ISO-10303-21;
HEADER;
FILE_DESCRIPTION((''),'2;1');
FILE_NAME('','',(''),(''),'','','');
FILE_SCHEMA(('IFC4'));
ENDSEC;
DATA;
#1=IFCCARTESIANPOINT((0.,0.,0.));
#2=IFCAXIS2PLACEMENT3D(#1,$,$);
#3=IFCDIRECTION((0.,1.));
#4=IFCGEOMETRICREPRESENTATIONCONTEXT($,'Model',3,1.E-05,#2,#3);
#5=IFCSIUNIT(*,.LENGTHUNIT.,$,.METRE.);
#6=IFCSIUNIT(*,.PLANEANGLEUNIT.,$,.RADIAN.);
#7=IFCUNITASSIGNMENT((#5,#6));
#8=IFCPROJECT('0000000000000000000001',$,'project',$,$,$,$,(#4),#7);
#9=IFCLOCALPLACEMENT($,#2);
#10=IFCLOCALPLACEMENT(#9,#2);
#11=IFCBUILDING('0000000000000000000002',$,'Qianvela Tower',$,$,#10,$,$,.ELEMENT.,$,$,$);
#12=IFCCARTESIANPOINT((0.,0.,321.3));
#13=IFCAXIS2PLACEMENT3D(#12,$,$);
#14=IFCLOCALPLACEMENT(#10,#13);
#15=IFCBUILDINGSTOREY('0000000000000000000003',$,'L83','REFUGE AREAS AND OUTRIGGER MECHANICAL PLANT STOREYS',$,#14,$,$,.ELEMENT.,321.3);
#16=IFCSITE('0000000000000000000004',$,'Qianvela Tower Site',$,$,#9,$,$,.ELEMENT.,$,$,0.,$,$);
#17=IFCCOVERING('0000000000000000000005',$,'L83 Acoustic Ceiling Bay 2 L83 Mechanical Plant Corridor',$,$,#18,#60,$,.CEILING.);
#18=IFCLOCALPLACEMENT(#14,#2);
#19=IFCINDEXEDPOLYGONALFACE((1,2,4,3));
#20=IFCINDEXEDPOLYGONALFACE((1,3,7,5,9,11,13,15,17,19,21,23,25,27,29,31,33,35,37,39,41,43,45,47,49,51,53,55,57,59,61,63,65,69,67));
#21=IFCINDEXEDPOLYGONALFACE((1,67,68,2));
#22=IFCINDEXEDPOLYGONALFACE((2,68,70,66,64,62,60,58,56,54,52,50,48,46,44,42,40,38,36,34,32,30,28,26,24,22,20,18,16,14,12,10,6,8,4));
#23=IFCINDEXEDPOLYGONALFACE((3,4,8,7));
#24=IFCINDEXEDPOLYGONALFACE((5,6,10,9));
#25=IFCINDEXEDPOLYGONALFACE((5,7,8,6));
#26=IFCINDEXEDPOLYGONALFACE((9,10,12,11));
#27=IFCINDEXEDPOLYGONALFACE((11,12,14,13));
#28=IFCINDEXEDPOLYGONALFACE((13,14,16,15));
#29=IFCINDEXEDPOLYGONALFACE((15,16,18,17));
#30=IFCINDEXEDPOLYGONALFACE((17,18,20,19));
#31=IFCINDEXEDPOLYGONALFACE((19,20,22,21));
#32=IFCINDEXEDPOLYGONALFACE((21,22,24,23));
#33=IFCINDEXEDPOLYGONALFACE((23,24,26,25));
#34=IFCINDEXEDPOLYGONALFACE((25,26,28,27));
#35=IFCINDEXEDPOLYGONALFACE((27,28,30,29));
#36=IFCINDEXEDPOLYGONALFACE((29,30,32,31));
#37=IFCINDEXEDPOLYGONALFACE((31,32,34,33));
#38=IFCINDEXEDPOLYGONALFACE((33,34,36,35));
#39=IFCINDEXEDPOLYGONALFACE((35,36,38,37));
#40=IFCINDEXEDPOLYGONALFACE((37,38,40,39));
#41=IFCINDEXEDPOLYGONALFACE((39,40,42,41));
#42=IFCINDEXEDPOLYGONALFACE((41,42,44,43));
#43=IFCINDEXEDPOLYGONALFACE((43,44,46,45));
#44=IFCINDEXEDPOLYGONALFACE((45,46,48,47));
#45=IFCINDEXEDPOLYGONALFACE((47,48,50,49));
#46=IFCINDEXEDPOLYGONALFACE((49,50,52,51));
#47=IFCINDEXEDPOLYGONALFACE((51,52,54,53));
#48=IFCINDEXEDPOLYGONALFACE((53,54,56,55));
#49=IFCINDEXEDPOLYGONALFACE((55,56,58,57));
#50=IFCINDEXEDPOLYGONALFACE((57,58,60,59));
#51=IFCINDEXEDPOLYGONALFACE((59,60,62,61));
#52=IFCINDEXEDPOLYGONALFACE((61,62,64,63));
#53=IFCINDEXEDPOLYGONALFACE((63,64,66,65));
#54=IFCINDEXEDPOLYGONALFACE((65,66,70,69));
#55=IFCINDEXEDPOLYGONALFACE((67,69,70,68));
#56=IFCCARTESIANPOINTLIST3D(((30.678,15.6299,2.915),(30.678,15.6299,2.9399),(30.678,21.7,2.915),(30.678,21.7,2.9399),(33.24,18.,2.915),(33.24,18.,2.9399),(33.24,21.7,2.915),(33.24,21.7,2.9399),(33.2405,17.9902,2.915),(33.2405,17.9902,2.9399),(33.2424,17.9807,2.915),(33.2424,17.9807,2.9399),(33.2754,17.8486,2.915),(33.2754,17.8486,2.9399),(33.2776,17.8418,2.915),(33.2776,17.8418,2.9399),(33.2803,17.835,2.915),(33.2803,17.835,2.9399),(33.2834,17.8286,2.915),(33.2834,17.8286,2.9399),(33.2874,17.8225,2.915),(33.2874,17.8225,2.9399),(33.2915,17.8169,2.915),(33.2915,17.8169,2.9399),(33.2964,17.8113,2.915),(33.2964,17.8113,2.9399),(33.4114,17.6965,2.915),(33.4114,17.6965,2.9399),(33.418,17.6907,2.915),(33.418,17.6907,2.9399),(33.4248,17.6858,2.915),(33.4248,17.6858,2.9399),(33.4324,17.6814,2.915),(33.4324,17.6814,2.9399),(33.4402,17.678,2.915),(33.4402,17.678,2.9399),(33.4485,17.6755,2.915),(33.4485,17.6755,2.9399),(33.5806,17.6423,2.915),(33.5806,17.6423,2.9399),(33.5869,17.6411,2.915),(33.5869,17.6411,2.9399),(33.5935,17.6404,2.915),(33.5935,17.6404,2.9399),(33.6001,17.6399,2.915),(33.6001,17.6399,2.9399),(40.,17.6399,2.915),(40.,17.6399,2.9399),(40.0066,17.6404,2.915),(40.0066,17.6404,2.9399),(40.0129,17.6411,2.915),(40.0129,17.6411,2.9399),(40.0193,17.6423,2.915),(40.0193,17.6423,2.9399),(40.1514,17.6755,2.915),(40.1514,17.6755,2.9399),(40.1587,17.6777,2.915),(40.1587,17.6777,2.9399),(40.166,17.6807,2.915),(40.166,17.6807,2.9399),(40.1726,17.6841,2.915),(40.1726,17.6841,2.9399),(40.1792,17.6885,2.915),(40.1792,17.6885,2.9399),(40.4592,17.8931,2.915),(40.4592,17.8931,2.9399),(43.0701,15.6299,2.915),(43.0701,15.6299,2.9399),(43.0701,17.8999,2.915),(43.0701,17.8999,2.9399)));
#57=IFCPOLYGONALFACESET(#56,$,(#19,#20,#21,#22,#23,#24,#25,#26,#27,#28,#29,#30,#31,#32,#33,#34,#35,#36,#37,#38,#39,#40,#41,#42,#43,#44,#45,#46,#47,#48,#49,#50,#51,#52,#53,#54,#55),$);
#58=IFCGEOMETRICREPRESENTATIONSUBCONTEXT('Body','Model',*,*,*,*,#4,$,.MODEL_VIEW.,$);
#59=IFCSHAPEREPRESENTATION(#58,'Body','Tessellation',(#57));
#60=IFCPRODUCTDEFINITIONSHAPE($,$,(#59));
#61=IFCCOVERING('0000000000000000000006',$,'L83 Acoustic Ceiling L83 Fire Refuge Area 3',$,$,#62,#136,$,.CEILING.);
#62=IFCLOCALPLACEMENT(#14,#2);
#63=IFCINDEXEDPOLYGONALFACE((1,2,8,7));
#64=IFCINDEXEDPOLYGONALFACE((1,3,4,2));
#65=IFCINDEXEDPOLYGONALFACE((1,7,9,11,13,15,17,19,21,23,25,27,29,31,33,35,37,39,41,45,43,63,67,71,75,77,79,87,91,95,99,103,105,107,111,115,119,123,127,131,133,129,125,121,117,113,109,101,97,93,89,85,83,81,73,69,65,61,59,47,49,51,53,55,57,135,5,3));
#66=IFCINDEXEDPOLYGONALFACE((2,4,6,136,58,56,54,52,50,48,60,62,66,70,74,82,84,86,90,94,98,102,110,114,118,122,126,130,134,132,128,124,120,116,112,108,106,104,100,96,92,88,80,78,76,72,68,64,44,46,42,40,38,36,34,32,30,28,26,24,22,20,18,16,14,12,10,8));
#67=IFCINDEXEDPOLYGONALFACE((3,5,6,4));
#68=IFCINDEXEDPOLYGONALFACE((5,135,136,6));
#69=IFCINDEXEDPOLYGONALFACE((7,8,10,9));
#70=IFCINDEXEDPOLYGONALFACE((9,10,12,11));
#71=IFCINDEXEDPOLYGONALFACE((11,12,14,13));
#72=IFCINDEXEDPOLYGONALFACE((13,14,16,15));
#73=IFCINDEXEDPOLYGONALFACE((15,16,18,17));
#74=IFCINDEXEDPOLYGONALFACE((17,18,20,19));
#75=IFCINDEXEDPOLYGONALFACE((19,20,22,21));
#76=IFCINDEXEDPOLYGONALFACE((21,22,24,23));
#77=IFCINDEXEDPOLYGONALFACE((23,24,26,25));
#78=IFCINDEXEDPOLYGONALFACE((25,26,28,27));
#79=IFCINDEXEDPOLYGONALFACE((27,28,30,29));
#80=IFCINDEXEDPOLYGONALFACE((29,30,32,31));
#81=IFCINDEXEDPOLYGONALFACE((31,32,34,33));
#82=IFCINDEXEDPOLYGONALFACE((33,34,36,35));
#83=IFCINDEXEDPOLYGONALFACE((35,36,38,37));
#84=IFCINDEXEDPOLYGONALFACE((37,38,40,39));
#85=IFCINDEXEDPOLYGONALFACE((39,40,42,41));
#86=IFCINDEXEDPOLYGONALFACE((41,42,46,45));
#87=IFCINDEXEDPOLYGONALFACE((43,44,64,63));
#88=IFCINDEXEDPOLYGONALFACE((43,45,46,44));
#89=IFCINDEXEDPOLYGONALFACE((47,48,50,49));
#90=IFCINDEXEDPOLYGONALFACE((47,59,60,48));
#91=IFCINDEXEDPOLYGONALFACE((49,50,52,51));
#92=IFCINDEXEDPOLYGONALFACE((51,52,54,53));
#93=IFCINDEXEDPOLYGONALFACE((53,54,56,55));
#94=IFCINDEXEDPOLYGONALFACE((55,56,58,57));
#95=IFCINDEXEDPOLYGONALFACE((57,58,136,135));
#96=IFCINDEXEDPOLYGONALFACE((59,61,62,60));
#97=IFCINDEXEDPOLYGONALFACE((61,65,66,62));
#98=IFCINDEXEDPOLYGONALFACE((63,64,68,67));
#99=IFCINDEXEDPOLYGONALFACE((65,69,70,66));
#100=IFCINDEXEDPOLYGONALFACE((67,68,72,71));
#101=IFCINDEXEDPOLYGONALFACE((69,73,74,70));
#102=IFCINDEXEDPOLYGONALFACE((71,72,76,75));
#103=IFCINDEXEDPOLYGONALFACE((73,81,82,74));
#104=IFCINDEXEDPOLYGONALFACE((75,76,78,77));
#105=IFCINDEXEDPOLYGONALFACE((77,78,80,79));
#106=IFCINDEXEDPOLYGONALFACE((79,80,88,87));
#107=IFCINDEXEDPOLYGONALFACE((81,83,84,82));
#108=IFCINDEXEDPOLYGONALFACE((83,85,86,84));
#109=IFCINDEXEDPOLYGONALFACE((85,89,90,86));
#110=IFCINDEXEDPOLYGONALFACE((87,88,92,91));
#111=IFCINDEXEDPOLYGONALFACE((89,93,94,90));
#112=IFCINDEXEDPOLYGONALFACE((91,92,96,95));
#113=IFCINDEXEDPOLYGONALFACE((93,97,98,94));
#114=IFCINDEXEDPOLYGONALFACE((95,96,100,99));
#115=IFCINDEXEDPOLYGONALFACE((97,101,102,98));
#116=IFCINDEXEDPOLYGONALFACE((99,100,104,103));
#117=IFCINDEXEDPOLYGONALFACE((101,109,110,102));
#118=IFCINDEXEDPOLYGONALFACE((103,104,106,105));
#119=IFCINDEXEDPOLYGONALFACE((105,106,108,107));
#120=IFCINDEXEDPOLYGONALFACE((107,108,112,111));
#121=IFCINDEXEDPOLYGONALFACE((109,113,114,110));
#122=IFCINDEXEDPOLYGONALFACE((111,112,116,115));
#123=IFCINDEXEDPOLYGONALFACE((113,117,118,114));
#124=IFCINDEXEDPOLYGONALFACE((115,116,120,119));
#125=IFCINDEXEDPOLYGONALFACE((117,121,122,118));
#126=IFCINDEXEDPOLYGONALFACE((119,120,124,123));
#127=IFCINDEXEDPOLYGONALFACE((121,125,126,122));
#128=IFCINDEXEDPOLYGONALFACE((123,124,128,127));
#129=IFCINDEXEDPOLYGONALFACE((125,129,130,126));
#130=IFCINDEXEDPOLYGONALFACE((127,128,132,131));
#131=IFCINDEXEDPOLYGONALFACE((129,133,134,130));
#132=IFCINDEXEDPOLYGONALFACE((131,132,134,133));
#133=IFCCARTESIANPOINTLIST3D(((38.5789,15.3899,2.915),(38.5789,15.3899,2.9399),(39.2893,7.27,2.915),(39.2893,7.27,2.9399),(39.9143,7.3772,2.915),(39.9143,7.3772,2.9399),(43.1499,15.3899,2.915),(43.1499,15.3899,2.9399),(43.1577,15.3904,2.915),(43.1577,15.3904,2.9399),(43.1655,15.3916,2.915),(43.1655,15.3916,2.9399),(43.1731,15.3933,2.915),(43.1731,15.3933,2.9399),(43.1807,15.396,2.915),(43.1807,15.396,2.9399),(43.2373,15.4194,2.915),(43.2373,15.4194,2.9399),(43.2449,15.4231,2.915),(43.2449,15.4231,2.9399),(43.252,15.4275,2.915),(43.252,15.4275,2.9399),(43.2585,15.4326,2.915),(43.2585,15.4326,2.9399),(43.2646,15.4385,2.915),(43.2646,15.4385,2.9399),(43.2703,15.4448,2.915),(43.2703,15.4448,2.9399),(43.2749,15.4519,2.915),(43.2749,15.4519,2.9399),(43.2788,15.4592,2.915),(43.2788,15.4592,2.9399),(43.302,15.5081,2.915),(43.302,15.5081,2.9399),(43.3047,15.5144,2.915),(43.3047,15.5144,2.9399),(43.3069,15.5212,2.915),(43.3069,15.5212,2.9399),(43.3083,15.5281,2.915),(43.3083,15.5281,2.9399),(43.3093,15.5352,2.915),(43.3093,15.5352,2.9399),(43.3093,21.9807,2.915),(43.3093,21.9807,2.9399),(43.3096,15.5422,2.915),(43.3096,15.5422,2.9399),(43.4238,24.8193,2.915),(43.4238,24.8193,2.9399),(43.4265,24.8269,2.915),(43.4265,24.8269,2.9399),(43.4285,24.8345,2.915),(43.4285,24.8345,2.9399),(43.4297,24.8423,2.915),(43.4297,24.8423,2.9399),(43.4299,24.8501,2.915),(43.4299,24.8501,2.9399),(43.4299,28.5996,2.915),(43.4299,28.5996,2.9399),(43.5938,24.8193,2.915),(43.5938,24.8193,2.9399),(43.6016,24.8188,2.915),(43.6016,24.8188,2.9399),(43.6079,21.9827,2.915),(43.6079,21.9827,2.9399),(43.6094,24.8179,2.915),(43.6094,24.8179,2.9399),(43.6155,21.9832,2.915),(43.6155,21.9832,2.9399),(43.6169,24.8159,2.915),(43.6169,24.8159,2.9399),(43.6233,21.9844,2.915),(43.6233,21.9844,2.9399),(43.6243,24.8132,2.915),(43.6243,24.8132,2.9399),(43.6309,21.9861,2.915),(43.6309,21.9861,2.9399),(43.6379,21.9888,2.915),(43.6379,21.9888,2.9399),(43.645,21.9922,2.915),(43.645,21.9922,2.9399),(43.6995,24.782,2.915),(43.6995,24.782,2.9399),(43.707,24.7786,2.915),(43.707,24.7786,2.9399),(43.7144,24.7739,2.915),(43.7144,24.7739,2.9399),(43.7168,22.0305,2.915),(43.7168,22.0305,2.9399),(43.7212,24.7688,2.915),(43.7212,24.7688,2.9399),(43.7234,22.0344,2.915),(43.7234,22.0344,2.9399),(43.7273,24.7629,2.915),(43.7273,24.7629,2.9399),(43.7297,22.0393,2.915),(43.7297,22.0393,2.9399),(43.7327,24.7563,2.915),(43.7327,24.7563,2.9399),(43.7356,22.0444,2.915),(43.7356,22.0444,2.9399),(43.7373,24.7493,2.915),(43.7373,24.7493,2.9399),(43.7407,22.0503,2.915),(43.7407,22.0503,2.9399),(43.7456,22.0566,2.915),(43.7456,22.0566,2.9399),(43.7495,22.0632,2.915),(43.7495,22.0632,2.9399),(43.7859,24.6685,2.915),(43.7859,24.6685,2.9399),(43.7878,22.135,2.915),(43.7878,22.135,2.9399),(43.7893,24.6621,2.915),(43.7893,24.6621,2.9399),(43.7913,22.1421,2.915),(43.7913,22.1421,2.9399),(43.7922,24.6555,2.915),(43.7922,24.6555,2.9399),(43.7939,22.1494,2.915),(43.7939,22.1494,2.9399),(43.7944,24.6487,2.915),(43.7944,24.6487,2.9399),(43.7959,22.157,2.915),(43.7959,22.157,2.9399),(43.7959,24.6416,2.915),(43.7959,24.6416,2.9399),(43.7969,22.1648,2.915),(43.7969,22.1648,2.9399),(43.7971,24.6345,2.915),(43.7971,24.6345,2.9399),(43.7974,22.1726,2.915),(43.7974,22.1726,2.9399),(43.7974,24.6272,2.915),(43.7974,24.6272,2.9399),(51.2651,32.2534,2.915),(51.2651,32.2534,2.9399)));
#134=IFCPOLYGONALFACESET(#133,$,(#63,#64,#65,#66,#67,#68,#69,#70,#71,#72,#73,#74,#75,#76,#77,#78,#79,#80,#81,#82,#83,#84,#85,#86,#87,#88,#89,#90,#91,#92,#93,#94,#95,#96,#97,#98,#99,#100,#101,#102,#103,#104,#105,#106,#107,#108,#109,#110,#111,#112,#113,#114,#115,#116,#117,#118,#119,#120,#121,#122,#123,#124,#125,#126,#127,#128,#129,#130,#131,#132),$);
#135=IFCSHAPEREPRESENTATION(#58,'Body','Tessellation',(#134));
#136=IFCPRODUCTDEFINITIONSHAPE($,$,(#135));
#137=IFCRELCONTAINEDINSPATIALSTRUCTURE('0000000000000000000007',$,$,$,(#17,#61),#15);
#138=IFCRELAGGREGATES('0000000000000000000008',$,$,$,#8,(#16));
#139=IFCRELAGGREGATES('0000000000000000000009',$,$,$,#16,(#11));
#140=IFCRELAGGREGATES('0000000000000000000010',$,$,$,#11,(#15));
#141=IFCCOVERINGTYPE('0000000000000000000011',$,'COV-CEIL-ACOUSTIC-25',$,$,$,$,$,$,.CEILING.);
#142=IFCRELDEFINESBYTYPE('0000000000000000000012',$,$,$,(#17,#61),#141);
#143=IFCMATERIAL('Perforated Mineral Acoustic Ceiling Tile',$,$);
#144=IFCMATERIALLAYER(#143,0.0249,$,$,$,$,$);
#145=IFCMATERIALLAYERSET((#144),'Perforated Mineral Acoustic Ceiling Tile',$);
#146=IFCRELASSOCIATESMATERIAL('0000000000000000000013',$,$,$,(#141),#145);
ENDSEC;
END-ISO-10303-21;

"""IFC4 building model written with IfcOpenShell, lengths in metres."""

from ifc_helpers import new_model, si_unit, direction, frame, origin, place, context, subcontext, project, spatial, polyline, outline, extrude, material, layer, layer_set, type_object, element, save


model = new_model("IFC4")

# Units and contexts
model_context = context("Model", 3, precision=1e-05, world=origin(), true_north=direction((0.0, 1.0)))
body_context = subcontext(model_context, "Body", "Model", "MODEL_VIEW")
ifc_project = project(units=[si_unit("LENGTHUNIT", "METRE"), si_unit("PLANEANGLEUNIT", "RADIAN")], contexts=[model_context])

# Site, building, storey
site_placement = place(None, origin())
site = spatial("IfcSite", under=ifc_project, at=site_placement, Name="Qianvela Tower Site", CompositionType="ELEMENT", RefElevation=0.0)
building_placement = place(site_placement, origin())
building = spatial("IfcBuilding", under=site, at=building_placement, Name="Qianvela Tower", CompositionType="ELEMENT")
storey_placement = place(building_placement, frame((0.0, 0.0, 321.3)))
storey = spatial("IfcBuildingStorey", under=building, at=storey_placement, Name="L83", Description="REFUGE AREAS AND OUTRIGGER MECHANICAL PLANT STOREYS", CompositionType="ELEMENT", Elevation=321.3)

# Coverings
ifc_material_1 = material(Name="Perforated Mineral Acoustic Ceiling Tile")
ifc_layer_1 = layer(ifc_material_1, 0.0249)
ifc_layer_set_1 = layer_set([ifc_layer_1], Name="Perforated Mineral Acoustic Ceiling Tile")
covering_type_1 = type_object("IfcCoveringType", Name="COV-CEIL-ACOUSTIC-25", PredefinedType="CEILING", material=ifc_layer_set_1)
covering_1_placement = place(storey_placement, frame((0.0, 0.0, 2.915)))
element("IfcCovering", 1, at=covering_1_placement, inside=storey, type_object=covering_type_1, Name="L83 Acoustic Ceiling Bay 2 L83 Mechanical Plant Corridor", PredefinedType="CEILING", context=body_context, shape_type="SweptSolid", body=[
    extrude(outline(polyline([(33.24, 21.7), (33.24, 18.0), (33.2405, 17.9902), (33.2424, 17.9807), (33.2754, 17.8486), (33.2776, 17.8418), (33.2803, 17.835), (33.2834, 17.8286), (33.2874, 17.8225), (33.2915, 17.8169), (33.2964, 17.8113), (33.4114, 17.6965), (33.418, 17.6907), (33.4248, 17.6858), (33.4324, 17.6814), (33.4402, 17.678), (33.4485, 17.6755), (33.5806, 17.6423), (33.5869, 17.6411), (33.5935, 17.6404), (33.6001, 17.6399), (40.0, 17.6399), (40.0066, 17.6404), (40.0129, 17.6411), (40.0193, 17.6423), (40.1514, 17.6755), (40.1587, 17.6777), (40.166, 17.6807), (40.1726, 17.6841), (40.1792, 17.6885), (40.4592, 17.8931), (43.0701, 17.8999), (43.0701, 15.6299), (30.678, 15.6299), (30.678, 21.7), (33.24, 21.7)])), origin(), (0.0, 0.0, 1.0), 0.0249),
])
covering_2_placement = place(storey_placement, frame((0.0, 0.0, 2.915)))
element("IfcCovering", 2, at=covering_2_placement, inside=storey, type_object=covering_type_1, Name="L83 Acoustic Ceiling L83 Fire Refuge Area 3", PredefinedType="CEILING", context=body_context, shape_type="SweptSolid", body=[
    extrude(outline(polyline([(38.5789, 15.3899), (43.1499, 15.3899), (43.1577, 15.3904), (43.1655, 15.3916), (43.1731, 15.3933), (43.1807, 15.396), (43.2373, 15.4194), (43.2449, 15.4231), (43.252, 15.4275), (43.2585, 15.4326), (43.2646, 15.4385), (43.2703, 15.4448), (43.2749, 15.4519), (43.2788, 15.4592), (43.302, 15.5081), (43.3047, 15.5144), (43.3069, 15.5212), (43.3083, 15.5281), (43.3093, 15.5352), (43.3096, 15.5422), (43.3093, 21.9807), (43.6079, 21.9827), (43.6155, 21.9832), (43.6233, 21.9844), (43.6309, 21.9861), (43.6379, 21.9888), (43.645, 21.9922), (43.7168, 22.0305), (43.7234, 22.0344), (43.7297, 22.0393), (43.7356, 22.0444), (43.7407, 22.0503), (43.7456, 22.0566), (43.7495, 22.0632), (43.7878, 22.135), (43.7913, 22.1421), (43.7939, 22.1494), (43.7959, 22.157), (43.7969, 22.1648), (43.7974, 22.1726), (43.7974, 24.6272), (43.7971, 24.6345), (43.7959, 24.6416), (43.7944, 24.6487), (43.7922, 24.6555), (43.7893, 24.6621), (43.7859, 24.6685), (43.7373, 24.7493), (43.7327, 24.7563), (43.7273, 24.7629), (43.7212, 24.7688), (43.7144, 24.7739), (43.707, 24.7786), (43.6995, 24.782), (43.6243, 24.8132), (43.6169, 24.8159), (43.6094, 24.8179), (43.6016, 24.8188), (43.5938, 24.8193), (43.4238, 24.8193), (43.4238, 24.8193), (43.4265, 24.8269), (43.4285, 24.8345), (43.4297, 24.8423), (43.4299, 24.8501), (43.4299, 28.5996), (51.2651, 32.2534), (39.9143, 7.3772), (39.2893, 7.27), (38.5789, 15.3899)])), origin(), (0.0, 0.0, 1.0), 0.0249),
])

save(model, "model.ifc")
